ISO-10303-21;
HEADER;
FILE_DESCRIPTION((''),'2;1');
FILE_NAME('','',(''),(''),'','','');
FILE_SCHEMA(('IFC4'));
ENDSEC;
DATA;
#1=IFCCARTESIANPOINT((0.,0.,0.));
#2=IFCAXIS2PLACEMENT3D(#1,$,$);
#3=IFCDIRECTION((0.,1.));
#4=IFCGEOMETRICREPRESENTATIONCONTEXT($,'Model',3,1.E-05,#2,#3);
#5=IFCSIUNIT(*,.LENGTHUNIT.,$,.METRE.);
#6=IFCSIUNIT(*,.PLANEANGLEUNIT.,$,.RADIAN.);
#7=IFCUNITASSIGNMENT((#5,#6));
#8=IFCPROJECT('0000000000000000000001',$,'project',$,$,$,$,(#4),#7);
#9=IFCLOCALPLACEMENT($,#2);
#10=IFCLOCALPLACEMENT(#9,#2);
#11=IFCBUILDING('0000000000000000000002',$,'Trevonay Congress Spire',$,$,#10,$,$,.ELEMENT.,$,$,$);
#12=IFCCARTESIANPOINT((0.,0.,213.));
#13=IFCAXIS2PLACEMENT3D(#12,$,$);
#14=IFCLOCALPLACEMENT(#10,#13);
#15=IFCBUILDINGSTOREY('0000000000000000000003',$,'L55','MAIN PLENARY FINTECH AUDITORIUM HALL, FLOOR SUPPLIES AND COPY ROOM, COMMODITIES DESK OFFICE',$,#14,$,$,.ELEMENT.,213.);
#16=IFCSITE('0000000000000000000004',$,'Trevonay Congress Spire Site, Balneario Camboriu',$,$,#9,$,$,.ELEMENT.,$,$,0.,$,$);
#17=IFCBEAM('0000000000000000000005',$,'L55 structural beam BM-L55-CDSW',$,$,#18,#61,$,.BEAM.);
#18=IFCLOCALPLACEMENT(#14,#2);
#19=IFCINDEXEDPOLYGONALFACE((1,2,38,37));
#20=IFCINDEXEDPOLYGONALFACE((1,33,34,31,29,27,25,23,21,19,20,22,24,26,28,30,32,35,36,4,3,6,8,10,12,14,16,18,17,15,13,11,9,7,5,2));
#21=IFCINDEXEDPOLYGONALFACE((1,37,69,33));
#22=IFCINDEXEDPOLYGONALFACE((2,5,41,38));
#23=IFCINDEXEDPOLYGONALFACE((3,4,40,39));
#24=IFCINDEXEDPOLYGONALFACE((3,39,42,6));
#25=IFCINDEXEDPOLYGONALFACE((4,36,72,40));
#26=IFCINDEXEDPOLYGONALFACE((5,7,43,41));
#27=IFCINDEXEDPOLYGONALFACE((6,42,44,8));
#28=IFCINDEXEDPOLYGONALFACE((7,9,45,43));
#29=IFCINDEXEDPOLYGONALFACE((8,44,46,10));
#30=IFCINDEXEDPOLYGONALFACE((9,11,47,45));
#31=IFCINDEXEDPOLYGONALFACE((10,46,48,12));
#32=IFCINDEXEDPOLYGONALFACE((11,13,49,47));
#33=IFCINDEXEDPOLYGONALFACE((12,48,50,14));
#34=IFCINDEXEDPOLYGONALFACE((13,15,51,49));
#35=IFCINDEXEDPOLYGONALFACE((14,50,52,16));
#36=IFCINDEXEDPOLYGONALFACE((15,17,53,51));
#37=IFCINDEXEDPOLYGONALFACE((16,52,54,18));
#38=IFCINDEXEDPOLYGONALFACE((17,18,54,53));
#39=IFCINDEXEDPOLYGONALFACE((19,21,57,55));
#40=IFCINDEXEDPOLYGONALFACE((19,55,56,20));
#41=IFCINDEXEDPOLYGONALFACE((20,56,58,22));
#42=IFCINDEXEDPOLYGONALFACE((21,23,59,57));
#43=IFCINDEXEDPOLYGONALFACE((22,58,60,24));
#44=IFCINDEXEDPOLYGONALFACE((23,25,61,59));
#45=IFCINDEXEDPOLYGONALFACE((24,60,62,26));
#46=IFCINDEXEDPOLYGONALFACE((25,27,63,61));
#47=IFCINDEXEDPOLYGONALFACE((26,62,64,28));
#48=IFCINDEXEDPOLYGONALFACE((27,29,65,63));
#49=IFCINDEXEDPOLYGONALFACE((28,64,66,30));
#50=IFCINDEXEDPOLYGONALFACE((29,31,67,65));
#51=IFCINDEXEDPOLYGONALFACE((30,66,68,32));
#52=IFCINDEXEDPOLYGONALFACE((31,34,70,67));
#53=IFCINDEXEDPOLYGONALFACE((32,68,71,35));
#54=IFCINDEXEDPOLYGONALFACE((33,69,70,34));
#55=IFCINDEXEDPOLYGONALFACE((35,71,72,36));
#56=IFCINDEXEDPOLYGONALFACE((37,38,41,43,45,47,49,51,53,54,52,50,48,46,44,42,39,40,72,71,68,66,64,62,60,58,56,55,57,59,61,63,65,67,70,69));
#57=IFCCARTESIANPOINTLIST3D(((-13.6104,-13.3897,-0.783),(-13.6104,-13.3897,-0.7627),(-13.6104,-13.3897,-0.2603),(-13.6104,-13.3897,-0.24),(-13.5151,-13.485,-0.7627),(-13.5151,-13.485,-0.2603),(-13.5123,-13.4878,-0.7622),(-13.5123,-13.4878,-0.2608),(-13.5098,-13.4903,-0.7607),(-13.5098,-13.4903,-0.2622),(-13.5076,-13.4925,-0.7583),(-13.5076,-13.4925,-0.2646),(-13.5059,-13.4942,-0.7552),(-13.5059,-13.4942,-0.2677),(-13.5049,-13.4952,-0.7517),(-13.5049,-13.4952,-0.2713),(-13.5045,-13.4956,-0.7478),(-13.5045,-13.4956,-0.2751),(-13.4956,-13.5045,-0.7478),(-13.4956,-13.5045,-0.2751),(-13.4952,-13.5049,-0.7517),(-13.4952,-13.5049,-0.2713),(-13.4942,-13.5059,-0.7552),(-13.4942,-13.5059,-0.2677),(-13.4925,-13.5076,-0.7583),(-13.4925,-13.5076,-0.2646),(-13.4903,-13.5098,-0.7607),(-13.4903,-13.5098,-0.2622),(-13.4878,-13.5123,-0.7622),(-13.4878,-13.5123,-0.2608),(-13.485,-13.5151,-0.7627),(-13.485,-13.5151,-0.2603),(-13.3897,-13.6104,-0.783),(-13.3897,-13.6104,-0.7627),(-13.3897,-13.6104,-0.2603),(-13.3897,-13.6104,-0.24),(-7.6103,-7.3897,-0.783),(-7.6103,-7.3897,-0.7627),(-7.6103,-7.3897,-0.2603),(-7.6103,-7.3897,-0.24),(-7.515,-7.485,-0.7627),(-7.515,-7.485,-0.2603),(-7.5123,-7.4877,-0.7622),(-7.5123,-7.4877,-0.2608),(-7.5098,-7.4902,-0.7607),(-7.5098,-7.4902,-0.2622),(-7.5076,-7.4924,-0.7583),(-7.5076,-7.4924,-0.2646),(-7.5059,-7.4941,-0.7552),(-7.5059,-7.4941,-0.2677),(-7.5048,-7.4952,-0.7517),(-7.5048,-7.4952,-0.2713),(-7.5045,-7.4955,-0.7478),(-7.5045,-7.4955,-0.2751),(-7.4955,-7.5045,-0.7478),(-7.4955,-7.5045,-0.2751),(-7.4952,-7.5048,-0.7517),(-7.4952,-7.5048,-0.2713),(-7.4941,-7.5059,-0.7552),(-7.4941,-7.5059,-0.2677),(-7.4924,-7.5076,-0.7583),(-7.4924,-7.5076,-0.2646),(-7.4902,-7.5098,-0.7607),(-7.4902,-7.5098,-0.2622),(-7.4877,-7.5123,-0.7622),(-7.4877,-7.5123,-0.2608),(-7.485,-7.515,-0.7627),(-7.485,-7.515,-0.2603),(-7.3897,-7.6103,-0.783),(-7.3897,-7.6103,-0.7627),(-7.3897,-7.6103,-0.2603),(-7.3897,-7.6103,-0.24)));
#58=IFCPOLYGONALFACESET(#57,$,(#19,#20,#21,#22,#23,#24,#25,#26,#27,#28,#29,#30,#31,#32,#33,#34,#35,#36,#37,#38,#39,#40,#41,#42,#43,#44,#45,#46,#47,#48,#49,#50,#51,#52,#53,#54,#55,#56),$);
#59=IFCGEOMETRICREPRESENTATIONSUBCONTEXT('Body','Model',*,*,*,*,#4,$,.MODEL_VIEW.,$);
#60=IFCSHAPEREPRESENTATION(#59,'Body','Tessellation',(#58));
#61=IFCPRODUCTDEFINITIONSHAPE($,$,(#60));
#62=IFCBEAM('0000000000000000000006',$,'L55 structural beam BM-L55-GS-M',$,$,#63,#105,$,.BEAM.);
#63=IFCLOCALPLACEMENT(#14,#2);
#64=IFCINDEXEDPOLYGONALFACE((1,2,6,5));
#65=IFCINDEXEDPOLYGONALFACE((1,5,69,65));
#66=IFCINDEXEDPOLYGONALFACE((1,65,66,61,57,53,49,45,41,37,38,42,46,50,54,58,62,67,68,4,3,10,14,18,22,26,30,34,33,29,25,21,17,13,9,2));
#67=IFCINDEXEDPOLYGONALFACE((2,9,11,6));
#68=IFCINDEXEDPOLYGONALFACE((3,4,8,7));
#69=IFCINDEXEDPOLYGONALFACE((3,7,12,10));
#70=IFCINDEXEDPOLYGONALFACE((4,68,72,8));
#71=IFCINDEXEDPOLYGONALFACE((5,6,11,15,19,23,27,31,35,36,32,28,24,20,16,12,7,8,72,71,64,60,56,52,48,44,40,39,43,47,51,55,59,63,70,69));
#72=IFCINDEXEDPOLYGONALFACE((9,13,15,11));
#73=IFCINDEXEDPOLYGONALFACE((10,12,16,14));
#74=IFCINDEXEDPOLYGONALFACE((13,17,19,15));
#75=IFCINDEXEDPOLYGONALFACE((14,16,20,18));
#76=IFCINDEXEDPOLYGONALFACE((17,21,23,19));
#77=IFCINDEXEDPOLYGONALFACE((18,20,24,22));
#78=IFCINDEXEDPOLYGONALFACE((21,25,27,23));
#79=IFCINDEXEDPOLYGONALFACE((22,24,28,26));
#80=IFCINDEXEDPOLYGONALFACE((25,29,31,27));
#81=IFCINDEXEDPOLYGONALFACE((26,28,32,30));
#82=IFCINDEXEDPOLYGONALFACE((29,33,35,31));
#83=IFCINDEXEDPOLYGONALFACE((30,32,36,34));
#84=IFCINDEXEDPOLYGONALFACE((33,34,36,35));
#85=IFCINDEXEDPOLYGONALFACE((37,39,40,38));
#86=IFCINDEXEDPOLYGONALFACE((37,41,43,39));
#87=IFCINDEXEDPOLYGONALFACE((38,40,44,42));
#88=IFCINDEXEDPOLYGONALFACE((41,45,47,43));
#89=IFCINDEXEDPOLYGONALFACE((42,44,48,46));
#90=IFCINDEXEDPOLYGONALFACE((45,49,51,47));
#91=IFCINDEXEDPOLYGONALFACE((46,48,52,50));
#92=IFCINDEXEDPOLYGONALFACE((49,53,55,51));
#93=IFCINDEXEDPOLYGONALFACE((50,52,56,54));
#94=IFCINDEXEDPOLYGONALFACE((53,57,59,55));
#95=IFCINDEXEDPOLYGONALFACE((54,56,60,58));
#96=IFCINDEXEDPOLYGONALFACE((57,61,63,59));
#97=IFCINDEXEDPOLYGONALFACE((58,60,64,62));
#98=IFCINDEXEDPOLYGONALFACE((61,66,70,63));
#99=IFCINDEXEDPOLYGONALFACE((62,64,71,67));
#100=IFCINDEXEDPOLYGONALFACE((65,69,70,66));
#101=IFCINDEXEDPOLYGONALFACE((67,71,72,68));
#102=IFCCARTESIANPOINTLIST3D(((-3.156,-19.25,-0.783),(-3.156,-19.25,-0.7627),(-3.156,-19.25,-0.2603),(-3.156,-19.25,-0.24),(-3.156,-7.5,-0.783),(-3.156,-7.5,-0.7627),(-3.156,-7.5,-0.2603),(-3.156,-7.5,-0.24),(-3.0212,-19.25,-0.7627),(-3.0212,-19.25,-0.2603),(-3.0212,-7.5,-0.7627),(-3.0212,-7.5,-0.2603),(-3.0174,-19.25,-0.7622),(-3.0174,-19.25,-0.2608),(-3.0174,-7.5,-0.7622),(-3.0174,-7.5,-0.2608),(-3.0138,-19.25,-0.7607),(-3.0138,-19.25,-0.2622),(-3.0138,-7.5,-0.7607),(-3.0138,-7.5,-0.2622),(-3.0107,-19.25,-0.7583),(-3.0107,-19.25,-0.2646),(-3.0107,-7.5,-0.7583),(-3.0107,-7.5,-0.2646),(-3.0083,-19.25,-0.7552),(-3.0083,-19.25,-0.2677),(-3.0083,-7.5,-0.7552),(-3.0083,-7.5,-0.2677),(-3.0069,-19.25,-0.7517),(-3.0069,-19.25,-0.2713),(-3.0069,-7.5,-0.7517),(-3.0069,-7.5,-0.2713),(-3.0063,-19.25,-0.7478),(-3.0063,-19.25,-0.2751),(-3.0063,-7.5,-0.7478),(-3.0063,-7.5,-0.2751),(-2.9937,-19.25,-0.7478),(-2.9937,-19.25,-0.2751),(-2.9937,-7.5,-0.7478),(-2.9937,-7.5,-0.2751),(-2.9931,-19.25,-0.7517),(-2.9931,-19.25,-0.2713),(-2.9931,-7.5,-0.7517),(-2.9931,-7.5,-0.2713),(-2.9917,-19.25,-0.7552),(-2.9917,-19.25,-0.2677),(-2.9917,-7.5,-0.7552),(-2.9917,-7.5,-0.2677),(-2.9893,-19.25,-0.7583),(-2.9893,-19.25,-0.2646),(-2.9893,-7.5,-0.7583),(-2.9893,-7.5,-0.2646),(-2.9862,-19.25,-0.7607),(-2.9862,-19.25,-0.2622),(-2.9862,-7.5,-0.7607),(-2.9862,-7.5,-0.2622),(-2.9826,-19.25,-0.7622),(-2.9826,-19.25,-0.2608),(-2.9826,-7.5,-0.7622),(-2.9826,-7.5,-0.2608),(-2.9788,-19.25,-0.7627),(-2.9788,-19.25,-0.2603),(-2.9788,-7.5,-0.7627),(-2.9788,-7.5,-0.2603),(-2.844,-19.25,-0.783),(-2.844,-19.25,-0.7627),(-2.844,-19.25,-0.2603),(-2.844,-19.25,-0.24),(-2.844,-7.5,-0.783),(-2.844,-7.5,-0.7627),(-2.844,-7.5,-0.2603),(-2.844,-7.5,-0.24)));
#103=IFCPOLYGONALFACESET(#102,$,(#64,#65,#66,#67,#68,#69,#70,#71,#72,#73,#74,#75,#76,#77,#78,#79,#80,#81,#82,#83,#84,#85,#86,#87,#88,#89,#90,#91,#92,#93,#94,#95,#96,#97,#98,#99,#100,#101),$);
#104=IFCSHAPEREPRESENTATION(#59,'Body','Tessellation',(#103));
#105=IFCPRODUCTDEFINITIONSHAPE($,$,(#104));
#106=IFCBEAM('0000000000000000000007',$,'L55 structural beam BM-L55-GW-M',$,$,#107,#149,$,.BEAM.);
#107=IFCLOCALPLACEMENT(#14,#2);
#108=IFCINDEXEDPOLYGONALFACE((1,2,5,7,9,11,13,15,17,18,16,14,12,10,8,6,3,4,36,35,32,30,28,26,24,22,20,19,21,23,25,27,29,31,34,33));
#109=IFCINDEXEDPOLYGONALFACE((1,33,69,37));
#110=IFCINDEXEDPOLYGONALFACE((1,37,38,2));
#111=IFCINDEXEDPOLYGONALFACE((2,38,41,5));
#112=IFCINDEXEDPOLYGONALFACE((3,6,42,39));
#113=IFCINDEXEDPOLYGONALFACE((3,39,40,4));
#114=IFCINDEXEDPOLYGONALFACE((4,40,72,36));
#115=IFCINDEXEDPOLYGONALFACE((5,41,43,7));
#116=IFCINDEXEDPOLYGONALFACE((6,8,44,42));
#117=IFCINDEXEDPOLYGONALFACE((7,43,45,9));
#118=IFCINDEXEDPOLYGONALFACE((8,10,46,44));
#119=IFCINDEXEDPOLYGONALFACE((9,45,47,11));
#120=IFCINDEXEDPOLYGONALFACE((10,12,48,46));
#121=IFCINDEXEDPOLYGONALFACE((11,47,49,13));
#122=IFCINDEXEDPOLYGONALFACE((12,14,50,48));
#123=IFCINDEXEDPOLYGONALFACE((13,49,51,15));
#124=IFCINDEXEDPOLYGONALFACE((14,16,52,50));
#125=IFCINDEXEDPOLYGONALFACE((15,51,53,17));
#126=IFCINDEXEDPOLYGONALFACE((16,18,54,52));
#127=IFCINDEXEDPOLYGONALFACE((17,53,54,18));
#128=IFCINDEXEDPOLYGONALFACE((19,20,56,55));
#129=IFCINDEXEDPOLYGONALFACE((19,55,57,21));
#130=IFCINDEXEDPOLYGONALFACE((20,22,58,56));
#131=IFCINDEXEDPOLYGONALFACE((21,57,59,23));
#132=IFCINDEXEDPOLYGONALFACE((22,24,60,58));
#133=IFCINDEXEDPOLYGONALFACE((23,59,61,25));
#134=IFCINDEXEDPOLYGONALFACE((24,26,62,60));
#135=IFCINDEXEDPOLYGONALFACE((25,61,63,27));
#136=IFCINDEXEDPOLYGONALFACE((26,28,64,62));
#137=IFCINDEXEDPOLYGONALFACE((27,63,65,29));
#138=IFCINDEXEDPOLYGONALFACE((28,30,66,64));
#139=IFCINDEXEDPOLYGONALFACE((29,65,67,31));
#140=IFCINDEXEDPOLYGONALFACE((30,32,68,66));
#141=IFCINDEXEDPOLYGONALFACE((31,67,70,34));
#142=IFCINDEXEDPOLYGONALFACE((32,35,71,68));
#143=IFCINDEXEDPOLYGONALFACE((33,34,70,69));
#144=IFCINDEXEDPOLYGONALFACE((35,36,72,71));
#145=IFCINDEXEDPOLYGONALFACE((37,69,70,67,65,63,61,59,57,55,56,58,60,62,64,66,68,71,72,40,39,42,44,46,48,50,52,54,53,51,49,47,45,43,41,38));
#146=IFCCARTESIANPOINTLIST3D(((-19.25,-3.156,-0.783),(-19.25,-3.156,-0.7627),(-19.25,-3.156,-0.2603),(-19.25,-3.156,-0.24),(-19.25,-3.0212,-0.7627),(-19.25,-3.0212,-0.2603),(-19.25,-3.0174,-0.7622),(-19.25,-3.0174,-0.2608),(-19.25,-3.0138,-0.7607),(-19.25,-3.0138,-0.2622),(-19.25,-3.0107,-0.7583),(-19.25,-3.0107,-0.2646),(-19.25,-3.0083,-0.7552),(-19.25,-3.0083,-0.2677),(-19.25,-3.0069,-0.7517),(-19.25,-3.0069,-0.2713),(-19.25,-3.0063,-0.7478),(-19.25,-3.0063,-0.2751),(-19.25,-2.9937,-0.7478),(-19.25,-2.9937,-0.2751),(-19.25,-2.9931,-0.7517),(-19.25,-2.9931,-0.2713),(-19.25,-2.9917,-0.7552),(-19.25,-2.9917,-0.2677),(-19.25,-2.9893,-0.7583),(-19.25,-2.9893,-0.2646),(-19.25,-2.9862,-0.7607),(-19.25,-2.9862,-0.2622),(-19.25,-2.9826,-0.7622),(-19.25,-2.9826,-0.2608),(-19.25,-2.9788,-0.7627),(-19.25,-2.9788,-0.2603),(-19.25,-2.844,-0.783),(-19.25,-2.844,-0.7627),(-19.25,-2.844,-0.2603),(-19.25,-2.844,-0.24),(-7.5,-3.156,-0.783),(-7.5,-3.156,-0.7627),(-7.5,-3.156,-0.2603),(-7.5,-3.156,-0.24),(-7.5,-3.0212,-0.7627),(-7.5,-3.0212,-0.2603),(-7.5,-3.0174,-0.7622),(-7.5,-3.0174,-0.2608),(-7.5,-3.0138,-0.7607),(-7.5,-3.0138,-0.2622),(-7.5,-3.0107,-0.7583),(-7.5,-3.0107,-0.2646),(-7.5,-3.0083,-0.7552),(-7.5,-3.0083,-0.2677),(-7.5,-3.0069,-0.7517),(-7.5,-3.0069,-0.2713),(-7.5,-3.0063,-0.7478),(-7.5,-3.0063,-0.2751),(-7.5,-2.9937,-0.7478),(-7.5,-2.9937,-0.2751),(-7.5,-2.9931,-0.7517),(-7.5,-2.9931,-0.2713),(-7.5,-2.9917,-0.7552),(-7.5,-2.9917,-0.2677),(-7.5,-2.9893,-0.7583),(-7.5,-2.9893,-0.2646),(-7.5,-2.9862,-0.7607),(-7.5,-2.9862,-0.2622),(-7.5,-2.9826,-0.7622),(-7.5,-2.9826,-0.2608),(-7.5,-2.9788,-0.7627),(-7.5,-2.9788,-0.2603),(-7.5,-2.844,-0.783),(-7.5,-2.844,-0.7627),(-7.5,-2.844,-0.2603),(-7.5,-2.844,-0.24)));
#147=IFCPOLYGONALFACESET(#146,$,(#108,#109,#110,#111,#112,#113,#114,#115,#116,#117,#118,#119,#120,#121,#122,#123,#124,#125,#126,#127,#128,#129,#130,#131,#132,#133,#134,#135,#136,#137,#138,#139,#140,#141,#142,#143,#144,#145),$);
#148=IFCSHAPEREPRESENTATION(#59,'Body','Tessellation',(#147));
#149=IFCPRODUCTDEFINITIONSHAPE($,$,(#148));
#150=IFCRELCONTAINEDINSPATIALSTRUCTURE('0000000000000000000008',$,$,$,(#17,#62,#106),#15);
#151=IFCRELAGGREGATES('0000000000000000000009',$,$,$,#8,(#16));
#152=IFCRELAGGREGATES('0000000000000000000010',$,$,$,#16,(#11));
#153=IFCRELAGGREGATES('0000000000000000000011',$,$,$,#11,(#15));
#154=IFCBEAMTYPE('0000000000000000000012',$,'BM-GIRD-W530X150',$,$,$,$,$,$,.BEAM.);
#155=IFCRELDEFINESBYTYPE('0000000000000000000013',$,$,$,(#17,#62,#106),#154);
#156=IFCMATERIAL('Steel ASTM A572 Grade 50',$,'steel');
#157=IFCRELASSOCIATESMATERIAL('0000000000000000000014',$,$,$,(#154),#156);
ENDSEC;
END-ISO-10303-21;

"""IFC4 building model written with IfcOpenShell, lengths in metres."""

from ifc_helpers import new_model, si_unit, direction, frame, origin, origin_2d, place, context, subcontext, project, spatial, i_section, extrude, material, material_profile, profile_set, type_object, element, save


model = new_model("IFC4")

# Units and contexts
model_context = context("Model", 3, precision=1e-05, world=origin(), true_north=direction((0.0, 1.0)))
body_context = subcontext(model_context, "Body", "Model", "MODEL_VIEW")
ifc_project = project(units=[si_unit("LENGTHUNIT", "METRE"), si_unit("PLANEANGLEUNIT", "RADIAN")], contexts=[model_context])

# Site, building, storey
site_placement = place(None, origin())
site = spatial("IfcSite", under=ifc_project, at=site_placement, Name="Trevonay Congress Spire Site, Balneario Camboriu", CompositionType="ELEMENT", RefElevation=0.0)
building_placement = place(site_placement, origin())
building = spatial("IfcBuilding", under=site, at=building_placement, Name="Trevonay Congress Spire", CompositionType="ELEMENT")
storey_placement = place(building_placement, frame((0.0, 0.0, 213.0)))
storey = spatial("IfcBuildingStorey", under=building, at=storey_placement, Name="L55", Description="MAIN PLENARY FINTECH AUDITORIUM HALL, FLOOR SUPPLIES AND COPY ROOM, COMMODITIES DESK OFFICE", CompositionType="ELEMENT", Elevation=213.0)

# Shared definitions
ifc_material_1 = material(Name="Steel ASTM A572 Grade 50", Category="steel")

# Beams
ifc_material_profile_1 = material_profile(ifc_material_1, i_section(OverallWidth=0.312, OverallDepth=0.543, WebThickness=0.0127, FlangeThickness=0.0203, FilletRadius=0.0149, at=origin_2d()), Name="W530x150")
ifc_profile_set_1 = profile_set([ifc_material_profile_1], Name="Steel ASTM A572 Grade 50")
beam_type = type_object("IfcBeamType", Name="BM-GIRD-W530X150", PredefinedType="BEAM", material=ifc_profile_set_1)
beam_1_placement = place(storey_placement, frame((-7.5, -7.5, -0.5115), z_axis=(-0.707107, -0.707107, 0.0), x_axis=(0.707107, -0.707107, 0.0)))
element("IfcBeam", 1, at=beam_1_placement, inside=storey, type_object=beam_type, Name="L55 structural beam BM-L55-CDSW", PredefinedType="BEAM", context=body_context, shape_type="SweptSolid", body=[
    extrude(i_section(OverallWidth=0.312, OverallDepth=0.543, WebThickness=0.0127, FlangeThickness=0.0203, FilletRadius=0.0149, at=origin_2d()), origin(), (0.0, 0.0, 1.0), 8.4854),
])
for number, where, z_axis, x_axis, name in (
    (2, (-3.0, -7.5, -0.5115), (0.0, -1.0, 0.0), (1.0, 0.0, 0.0), "L55 structural beam BM-L55-GS-M"),
    (3, (-7.5, -3.0, -0.5115), (-1.0, 0.0, 0.0), (0.0, -1.0, 0.0), "L55 structural beam BM-L55-GW-M"),
):
    element("IfcBeam", number, at=place(storey_placement, frame(where, z_axis=z_axis, x_axis=x_axis)), inside=storey, type_object=beam_type, Name=name, PredefinedType="BEAM", context=body_context, shape_type="SweptSolid", body=[
        extrude(i_section(OverallWidth=0.312, OverallDepth=0.543, WebThickness=0.0127, FlangeThickness=0.0203, FilletRadius=0.0149, at=origin_2d()), origin(), (0.0, 0.0, 1.0), 11.75),
    ])

save(model, "model.ifc")
